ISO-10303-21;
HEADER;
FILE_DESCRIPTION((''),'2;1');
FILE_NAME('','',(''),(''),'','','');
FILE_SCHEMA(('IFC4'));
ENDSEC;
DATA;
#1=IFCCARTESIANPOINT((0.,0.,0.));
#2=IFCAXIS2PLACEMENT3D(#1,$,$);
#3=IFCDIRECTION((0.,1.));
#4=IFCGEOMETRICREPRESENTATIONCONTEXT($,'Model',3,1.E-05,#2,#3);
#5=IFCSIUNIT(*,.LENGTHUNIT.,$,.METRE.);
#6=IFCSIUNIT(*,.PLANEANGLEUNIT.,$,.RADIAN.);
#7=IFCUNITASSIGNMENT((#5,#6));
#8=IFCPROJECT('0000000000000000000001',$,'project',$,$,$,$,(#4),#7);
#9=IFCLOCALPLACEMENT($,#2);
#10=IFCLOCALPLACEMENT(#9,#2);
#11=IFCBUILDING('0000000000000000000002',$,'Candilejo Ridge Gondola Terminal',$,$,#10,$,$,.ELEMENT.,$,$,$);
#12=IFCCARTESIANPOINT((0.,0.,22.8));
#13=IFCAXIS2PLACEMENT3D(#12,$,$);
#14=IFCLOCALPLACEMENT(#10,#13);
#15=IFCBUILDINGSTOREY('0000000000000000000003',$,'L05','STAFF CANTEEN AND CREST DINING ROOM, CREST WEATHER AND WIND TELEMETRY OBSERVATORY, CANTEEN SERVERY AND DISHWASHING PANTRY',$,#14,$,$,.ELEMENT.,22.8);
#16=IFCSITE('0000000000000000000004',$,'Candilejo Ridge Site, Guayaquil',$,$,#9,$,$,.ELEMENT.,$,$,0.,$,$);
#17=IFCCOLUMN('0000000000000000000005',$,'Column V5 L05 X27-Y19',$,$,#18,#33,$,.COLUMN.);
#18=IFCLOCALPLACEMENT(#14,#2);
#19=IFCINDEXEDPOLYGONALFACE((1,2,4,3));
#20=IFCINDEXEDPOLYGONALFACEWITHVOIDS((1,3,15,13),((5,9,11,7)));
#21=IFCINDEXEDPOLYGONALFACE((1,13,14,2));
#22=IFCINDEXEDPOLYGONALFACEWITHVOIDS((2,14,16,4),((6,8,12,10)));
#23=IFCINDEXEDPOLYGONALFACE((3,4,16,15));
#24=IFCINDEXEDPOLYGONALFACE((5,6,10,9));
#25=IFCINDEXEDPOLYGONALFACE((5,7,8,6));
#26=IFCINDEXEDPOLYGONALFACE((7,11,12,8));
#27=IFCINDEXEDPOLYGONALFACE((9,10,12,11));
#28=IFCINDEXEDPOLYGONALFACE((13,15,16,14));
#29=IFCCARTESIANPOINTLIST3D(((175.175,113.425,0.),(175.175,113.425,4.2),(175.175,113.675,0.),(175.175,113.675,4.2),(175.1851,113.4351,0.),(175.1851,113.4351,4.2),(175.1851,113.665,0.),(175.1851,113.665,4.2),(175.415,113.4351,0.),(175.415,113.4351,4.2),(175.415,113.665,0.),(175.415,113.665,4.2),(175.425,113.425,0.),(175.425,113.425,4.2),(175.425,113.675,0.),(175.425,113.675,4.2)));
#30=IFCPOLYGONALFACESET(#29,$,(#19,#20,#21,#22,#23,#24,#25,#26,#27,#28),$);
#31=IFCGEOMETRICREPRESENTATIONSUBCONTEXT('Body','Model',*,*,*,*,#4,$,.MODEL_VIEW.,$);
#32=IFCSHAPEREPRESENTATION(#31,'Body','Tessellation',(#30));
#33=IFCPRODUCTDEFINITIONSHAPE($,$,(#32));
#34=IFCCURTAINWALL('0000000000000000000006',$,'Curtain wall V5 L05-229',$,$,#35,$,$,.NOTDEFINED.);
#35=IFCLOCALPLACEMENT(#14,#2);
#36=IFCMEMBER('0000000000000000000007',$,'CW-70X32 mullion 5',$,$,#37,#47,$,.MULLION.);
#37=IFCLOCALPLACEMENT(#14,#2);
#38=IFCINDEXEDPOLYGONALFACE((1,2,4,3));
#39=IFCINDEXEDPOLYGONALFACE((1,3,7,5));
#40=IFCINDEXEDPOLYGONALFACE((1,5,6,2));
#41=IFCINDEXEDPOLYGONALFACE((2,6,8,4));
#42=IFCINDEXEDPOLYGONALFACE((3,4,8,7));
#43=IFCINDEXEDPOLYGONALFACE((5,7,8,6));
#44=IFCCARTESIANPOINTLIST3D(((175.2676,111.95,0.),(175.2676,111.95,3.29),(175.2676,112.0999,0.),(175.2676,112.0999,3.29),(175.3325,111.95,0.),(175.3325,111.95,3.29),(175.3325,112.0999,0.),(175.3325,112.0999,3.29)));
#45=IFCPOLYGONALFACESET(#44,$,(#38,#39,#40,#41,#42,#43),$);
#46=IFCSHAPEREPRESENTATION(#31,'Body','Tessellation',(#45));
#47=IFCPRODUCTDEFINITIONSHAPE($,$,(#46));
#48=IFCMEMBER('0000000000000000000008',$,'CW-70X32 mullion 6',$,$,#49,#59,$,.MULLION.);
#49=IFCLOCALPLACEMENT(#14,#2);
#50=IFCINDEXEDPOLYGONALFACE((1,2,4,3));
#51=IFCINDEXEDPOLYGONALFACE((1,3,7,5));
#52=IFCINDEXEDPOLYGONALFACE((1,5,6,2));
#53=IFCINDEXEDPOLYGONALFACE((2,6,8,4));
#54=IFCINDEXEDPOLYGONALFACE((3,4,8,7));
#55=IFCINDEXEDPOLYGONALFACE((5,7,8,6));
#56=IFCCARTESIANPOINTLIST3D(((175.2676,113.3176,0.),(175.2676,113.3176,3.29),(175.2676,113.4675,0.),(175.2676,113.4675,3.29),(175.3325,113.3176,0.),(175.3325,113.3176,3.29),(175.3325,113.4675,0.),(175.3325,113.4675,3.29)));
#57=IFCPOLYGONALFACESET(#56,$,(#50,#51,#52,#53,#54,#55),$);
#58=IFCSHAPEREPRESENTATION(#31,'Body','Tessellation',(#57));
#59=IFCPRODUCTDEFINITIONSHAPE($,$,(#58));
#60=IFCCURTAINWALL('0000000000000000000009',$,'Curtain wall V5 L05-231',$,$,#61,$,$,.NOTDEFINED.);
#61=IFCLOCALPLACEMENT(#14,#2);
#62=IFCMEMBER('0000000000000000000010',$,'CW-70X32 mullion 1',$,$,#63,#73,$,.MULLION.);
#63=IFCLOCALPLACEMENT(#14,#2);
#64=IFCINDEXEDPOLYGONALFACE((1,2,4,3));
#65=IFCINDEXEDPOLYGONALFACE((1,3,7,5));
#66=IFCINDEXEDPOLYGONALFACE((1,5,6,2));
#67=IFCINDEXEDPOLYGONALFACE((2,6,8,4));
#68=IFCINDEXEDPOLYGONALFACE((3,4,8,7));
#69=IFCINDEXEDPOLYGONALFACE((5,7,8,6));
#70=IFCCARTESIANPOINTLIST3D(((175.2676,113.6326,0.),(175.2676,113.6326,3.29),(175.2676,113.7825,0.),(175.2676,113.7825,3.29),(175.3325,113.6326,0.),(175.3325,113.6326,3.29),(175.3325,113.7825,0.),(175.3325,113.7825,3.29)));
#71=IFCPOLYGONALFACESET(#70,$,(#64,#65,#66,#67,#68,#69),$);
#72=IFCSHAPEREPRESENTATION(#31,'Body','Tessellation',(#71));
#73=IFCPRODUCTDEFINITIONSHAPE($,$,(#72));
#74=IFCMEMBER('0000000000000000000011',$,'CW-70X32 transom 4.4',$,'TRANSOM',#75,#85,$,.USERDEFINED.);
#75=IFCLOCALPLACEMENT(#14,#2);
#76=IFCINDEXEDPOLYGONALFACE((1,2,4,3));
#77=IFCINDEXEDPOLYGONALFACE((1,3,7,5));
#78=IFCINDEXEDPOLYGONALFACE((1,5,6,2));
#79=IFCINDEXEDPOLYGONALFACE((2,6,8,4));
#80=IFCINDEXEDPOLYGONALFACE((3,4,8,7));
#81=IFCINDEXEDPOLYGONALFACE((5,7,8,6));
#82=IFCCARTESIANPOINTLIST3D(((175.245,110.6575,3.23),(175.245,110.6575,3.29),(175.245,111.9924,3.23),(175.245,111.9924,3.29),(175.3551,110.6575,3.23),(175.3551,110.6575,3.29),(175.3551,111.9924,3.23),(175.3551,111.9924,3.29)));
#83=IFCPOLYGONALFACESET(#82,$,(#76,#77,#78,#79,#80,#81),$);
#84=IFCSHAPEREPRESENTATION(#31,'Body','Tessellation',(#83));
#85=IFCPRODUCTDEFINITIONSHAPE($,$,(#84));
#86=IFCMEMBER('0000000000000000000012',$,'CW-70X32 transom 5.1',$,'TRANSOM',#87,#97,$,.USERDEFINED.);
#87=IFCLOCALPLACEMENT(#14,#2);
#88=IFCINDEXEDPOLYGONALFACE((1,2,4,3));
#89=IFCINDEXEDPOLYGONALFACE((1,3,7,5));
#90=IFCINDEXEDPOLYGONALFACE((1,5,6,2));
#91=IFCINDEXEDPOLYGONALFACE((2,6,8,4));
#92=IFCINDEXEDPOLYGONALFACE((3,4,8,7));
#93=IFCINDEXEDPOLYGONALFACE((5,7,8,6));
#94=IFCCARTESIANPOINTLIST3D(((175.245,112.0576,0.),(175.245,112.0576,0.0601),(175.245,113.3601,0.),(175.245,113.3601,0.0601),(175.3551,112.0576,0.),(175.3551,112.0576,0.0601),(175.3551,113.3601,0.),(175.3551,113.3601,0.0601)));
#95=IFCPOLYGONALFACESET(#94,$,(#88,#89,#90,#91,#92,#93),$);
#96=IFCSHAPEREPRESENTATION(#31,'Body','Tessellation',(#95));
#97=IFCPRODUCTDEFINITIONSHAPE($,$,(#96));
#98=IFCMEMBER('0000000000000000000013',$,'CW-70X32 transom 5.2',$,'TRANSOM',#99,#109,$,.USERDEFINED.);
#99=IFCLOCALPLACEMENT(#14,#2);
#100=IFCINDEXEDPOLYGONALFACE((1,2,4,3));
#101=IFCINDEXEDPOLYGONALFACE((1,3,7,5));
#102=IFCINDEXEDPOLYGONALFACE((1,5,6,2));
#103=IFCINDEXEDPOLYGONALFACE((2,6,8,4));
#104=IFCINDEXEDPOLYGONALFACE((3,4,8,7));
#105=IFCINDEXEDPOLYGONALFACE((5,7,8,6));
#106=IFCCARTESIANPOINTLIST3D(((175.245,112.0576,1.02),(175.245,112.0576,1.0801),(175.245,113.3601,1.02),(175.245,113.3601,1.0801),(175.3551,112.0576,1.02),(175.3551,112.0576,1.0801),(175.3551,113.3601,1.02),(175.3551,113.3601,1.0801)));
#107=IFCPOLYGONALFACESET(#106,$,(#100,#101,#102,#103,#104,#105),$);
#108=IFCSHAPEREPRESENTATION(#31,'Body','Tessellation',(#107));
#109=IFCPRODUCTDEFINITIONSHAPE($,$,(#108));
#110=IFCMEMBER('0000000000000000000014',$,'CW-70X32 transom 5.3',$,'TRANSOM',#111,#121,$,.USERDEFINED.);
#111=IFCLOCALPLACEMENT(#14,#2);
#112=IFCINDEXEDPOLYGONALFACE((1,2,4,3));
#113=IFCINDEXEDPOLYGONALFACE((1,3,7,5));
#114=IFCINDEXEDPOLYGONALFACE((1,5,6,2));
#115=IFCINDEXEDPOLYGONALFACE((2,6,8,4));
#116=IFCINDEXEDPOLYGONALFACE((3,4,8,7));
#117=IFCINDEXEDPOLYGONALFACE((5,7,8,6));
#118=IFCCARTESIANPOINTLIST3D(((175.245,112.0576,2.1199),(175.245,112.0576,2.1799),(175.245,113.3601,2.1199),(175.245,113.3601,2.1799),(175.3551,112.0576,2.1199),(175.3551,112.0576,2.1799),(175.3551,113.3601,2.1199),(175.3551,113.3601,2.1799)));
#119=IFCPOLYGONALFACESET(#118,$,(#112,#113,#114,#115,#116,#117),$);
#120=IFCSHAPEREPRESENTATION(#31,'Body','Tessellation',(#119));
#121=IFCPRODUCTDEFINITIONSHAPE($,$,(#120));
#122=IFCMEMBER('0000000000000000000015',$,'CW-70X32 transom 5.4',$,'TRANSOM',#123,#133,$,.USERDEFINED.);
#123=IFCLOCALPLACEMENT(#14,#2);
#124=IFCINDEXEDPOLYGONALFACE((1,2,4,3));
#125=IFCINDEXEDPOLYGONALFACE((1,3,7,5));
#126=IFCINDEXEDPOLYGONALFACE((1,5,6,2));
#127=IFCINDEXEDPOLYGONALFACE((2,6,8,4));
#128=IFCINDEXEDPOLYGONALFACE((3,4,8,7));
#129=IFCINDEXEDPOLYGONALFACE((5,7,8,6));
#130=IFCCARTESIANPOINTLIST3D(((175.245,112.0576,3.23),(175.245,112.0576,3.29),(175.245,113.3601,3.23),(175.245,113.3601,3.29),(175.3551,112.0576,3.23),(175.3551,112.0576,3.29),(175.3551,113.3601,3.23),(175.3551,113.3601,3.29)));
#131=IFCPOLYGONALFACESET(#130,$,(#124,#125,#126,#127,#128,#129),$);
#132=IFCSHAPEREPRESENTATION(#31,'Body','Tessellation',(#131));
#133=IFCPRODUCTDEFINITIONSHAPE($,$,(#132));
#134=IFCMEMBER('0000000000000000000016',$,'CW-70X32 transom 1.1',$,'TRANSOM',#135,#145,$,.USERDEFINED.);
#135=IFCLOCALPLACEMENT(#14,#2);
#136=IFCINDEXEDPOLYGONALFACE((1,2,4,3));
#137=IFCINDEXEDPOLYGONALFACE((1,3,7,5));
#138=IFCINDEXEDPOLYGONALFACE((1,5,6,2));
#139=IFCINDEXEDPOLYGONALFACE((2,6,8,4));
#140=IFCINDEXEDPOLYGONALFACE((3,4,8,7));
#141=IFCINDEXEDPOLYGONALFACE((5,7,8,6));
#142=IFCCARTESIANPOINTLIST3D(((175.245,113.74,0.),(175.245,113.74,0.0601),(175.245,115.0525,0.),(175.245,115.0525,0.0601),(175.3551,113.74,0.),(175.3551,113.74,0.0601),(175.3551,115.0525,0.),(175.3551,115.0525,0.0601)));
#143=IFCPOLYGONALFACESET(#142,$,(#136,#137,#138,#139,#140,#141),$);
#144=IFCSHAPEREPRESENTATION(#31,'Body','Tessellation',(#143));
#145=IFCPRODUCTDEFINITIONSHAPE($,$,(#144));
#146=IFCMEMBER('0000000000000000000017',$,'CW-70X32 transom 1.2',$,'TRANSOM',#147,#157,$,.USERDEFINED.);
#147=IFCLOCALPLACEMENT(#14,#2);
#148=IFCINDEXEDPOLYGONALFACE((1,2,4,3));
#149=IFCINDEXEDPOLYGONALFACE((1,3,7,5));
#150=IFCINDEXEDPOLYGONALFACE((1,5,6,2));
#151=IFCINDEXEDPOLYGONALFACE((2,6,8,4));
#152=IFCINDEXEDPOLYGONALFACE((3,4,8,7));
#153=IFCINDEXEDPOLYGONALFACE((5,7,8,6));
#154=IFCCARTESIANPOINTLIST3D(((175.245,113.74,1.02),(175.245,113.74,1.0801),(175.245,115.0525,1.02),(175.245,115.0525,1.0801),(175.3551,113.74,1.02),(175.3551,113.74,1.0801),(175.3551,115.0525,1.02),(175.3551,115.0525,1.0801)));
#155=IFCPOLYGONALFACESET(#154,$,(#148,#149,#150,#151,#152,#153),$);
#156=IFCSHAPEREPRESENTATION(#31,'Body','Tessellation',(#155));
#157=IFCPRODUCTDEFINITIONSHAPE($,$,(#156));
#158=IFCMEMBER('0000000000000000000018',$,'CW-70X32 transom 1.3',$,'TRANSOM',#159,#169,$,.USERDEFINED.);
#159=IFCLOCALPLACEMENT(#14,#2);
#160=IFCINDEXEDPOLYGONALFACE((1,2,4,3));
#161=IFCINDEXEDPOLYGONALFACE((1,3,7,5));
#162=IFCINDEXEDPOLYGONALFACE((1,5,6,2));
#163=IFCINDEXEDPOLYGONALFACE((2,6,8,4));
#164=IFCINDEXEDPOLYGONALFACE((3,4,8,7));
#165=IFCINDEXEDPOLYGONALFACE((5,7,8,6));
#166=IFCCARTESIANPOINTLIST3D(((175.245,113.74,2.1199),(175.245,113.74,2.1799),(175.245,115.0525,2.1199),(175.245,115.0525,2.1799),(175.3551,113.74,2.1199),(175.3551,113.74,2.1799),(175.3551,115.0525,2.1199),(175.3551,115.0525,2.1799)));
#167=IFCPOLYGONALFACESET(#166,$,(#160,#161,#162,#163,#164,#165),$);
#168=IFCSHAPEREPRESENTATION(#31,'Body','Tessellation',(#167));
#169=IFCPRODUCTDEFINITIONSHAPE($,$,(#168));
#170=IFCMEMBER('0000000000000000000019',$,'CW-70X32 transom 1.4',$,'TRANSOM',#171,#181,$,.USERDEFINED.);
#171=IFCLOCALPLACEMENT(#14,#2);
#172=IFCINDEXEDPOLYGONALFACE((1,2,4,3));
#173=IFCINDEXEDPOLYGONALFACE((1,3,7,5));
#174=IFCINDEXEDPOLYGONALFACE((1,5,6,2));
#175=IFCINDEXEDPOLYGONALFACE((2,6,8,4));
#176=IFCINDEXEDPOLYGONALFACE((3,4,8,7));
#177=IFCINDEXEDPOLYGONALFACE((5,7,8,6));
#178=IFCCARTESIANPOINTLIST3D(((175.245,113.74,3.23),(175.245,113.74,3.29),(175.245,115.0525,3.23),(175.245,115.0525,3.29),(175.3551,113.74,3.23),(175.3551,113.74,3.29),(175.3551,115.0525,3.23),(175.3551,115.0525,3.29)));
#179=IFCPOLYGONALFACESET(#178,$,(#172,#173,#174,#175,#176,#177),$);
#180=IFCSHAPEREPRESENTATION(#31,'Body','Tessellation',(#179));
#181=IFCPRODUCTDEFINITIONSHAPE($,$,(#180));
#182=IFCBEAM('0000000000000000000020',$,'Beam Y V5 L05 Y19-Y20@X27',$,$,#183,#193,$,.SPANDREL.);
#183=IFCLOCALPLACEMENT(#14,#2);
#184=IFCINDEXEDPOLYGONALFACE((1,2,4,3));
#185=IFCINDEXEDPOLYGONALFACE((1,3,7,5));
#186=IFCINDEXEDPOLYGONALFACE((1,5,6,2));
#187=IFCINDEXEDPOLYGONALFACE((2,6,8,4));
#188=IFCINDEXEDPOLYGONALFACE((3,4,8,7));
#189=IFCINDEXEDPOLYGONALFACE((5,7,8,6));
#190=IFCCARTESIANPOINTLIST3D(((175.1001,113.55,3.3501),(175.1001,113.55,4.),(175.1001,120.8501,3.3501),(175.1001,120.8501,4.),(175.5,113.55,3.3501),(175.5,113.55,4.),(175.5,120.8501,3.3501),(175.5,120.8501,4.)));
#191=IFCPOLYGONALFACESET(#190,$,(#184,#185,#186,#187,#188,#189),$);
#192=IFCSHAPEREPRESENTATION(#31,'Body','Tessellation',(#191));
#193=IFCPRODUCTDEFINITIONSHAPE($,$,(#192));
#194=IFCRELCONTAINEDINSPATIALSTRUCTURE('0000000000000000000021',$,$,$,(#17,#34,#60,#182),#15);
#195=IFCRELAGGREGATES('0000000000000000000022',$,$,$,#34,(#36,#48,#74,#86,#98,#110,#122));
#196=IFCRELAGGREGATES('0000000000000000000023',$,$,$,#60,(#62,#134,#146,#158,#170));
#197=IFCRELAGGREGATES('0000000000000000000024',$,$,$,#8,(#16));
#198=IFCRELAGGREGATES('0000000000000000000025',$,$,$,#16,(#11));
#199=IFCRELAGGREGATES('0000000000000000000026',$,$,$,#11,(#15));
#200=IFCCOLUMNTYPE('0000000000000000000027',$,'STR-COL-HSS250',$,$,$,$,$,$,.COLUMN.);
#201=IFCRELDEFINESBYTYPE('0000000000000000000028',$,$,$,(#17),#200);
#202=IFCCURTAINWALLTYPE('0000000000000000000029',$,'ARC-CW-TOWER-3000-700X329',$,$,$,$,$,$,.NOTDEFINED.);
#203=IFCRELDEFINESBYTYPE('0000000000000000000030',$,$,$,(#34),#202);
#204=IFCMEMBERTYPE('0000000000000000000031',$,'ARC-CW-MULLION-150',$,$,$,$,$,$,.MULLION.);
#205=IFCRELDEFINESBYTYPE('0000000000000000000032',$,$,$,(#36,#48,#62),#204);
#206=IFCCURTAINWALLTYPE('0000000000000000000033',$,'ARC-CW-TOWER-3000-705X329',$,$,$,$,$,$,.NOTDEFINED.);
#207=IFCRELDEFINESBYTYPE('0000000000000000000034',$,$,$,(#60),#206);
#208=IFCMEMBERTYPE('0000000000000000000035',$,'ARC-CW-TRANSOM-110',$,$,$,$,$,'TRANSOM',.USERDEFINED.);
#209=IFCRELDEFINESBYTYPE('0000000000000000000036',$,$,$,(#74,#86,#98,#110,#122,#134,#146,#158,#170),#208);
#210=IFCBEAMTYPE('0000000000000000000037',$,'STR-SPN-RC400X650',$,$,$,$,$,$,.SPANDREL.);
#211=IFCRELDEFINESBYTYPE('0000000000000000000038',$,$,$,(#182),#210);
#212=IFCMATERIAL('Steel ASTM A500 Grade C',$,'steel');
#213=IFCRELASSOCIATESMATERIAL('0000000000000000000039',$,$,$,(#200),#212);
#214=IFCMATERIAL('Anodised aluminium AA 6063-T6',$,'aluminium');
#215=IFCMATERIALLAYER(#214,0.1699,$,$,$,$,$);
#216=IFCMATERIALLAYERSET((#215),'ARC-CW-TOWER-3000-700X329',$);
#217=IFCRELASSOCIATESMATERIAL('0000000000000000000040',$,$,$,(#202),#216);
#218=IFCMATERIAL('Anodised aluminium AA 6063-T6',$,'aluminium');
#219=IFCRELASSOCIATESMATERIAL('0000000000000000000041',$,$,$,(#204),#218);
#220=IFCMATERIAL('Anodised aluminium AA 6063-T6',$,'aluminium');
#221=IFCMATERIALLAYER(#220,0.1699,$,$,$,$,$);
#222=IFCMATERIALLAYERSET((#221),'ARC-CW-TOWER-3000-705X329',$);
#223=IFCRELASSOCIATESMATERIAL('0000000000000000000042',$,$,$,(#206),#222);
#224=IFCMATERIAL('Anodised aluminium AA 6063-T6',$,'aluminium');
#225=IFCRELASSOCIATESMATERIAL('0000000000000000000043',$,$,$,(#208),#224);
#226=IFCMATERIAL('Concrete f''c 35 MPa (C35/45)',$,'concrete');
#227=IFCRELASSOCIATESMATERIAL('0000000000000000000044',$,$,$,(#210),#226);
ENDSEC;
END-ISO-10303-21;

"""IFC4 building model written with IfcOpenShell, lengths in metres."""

from ifc_helpers import new_model, si_unit, direction, frame, origin, origin_2d, place, context, subcontext, project, spatial, rectangle, hollow_rectangle, extrude, material, layer, layer_set, material_profile, profile_set, type_object, element, aggregate, save


model = new_model("IFC4")

# Units and contexts
model_context = context("Model", 3, precision=1e-05, world=origin(), true_north=direction((0.0, 1.0)))
body_context = subcontext(model_context, "Body", "Model", "MODEL_VIEW")
ifc_project = project(units=[si_unit("LENGTHUNIT", "METRE"), si_unit("PLANEANGLEUNIT", "RADIAN")], contexts=[model_context])

# Site, building, storey
site_placement = place(None, origin())
site = spatial("IfcSite", under=ifc_project, at=site_placement, Name="Candilejo Ridge Site, Guayaquil", CompositionType="ELEMENT", RefElevation=0.0)
building_placement = place(site_placement, origin())
building = spatial("IfcBuilding", under=site, at=building_placement, Name="Candilejo Ridge Gondola Terminal", CompositionType="ELEMENT")
storey_placement = place(building_placement, frame((0.0, 0.0, 22.8)))
storey = spatial("IfcBuildingStorey", under=building, at=storey_placement, Name="L05", Description="STAFF CANTEEN AND CREST DINING ROOM, CREST WEATHER AND WIND TELEMETRY OBSERVATORY, CANTEEN SERVERY AND DISHWASHING PANTRY", CompositionType="ELEMENT", Elevation=22.8)

# Column
ifc_material_1 = material(Name="Steel ASTM A500 Grade C", Category="steel")
ifc_material_profile_1 = material_profile(ifc_material_1, hollow_rectangle(XDim=0.25, YDim=0.25, WallThickness=0.01, at=origin_2d()))
ifc_profile_set_1 = profile_set([ifc_material_profile_1], Name="Steel ASTM A500 Grade C")
column_type = type_object("IfcColumnType", Name="STR-COL-HSS250", PredefinedType="COLUMN", material=ifc_profile_set_1)
column_placement = place(storey_placement, frame((175.3, 113.55, 0.0), z_axis=(0.0, 0.0, 1.0), x_axis=(1.0, 0.0, 0.0)))
element("IfcColumn", 1, at=column_placement, inside=storey, type_object=column_type, Name="Column V5 L05 X27-Y19", PredefinedType="COLUMN", context=body_context, shape_type="SweptSolid", body=[
    extrude(hollow_rectangle(XDim=0.25, YDim=0.25, WallThickness=0.01, at=origin_2d()), origin(), (0.0, 0.0, 1.0), 4.2),
])

# Curtain wall, members
ifc_material_2 = material(Name="Anodised aluminium AA 6063-T6", Category="aluminium")
ifc_layer_1 = layer(ifc_material_2, 0.1699)
ifc_layer_set_1 = layer_set([ifc_layer_1], Name="ARC-CW-TOWER-3000-700X329")
curtain_wall_type_1 = type_object("IfcCurtainWallType", Name="ARC-CW-TOWER-3000-700X329", PredefinedType="NOTDEFINED", material=ifc_layer_set_1)
curtain_wall_1_placement = place(storey_placement, origin())
curtain_wall_1 = element("IfcCurtainWall", 2, at=curtain_wall_1_placement, inside=storey, type_object=curtain_wall_type_1, Name="Curtain wall V5 L05-229", PredefinedType="NOTDEFINED")
ifc_material_3 = material(Name="Anodised aluminium AA 6063-T6", Category="aluminium")
ifc_material_profile_2 = material_profile(ifc_material_3, rectangle(XDim=0.0649, YDim=0.1499, at=origin_2d()))
ifc_profile_set_2 = profile_set([ifc_material_profile_2], Name="Anodised aluminium AA 6063-T6")
member_type_1 = type_object("IfcMemberType", Name="ARC-CW-MULLION-150", PredefinedType="MULLION", material=ifc_profile_set_2)
member_1_placement = place(storey_placement, frame((175.3, 112.0249, 0.0), z_axis=(0.0, 0.0, 1.0), x_axis=(-1.0, 0.0, 0.0)))
member_1 = element("IfcMember", 3, at=member_1_placement, type_object=member_type_1, Name="CW-70X32 mullion 5", PredefinedType="MULLION", context=body_context, shape_type="SweptSolid", body=[
    extrude(rectangle(XDim=0.0649, YDim=0.1499, at=origin_2d()), origin(), (0.0, 0.0, 1.0), 3.29),
])
member_2_placement = place(storey_placement, frame((175.3, 113.3926, 0.0), z_axis=(0.0, 0.0, 1.0), x_axis=(-1.0, 0.0, 0.0)))
member_2 = element("IfcMember", 4, at=member_2_placement, type_object=member_type_1, Name="CW-70X32 mullion 6", PredefinedType="MULLION", context=body_context, shape_type="SweptSolid", body=[
    extrude(rectangle(XDim=0.0649, YDim=0.1499, at=origin_2d()), origin(), (0.0, 0.0, 1.0), 3.29),
])

# Curtain wall, member
ifc_material_4 = material(Name="Anodised aluminium AA 6063-T6", Category="aluminium")
ifc_layer_2 = layer(ifc_material_4, 0.1699)
ifc_layer_set_2 = layer_set([ifc_layer_2], Name="ARC-CW-TOWER-3000-705X329")
curtain_wall_type_2 = type_object("IfcCurtainWallType", Name="ARC-CW-TOWER-3000-705X329", PredefinedType="NOTDEFINED", material=ifc_layer_set_2)
curtain_wall_2_placement = place(storey_placement, origin())
curtain_wall_2 = element("IfcCurtainWall", 5, at=curtain_wall_2_placement, inside=storey, type_object=curtain_wall_type_2, Name="Curtain wall V5 L05-231", PredefinedType="NOTDEFINED")
member_3_placement = place(storey_placement, frame((175.3, 113.7075, 0.0), z_axis=(0.0, 0.0, 1.0), x_axis=(-1.0, 0.0, 0.0)))
member_3 = element("IfcMember", 6, at=member_3_placement, type_object=member_type_1, Name="CW-70X32 mullion 1", PredefinedType="MULLION", context=body_context, shape_type="SweptSolid", body=[
    extrude(rectangle(XDim=0.0649, YDim=0.1499, at=origin_2d()), origin(), (0.0, 0.0, 1.0), 3.29),
])

# Members
ifc_material_5 = material(Name="Anodised aluminium AA 6063-T6", Category="aluminium")
ifc_material_profile_3 = material_profile(ifc_material_5, rectangle(XDim=0.1101, YDim=0.0601, at=origin_2d()))
ifc_profile_set_3 = profile_set([ifc_material_profile_3], Name="Anodised aluminium AA 6063-T6")
member_type_2 = type_object("IfcMemberType", Name="ARC-CW-TRANSOM-110", ElementType="TRANSOM", PredefinedType="USERDEFINED", material=ifc_profile_set_3)
member_4_placement = place(storey_placement, frame((175.3, 110.6575, 3.26), z_axis=(0.0, 1.0, 0.0), x_axis=(-1.0, 0.0, 0.0)))
member_4 = element("IfcMember", 7, at=member_4_placement, type_object=member_type_2, Name="CW-70X32 transom 4.4", ObjectType="TRANSOM", PredefinedType="USERDEFINED", context=body_context, shape_type="SweptSolid", body=[
    extrude(rectangle(XDim=0.1101, YDim=0.0601, at=origin_2d()), origin(), (0.0, 0.0, 1.0), 1.335),
])
member_5_placement = place(storey_placement, frame((175.3, 112.0576, 0.03), z_axis=(0.0, 1.0, 0.0), x_axis=(-1.0, 0.0, 0.0)))
member_5 = element("IfcMember", 8, at=member_5_placement, type_object=member_type_2, Name="CW-70X32 transom 5.1", ObjectType="TRANSOM", PredefinedType="USERDEFINED", context=body_context, shape_type="SweptSolid", body=[
    extrude(rectangle(XDim=0.1101, YDim=0.0601, at=origin_2d()), origin(), (0.0, 0.0, 1.0), 1.3025),
])
member_6_placement = place(storey_placement, frame((175.3, 112.0576, 1.05), z_axis=(0.0, 1.0, 0.0), x_axis=(-1.0, 0.0, 0.0)))
member_6 = element("IfcMember", 9, at=member_6_placement, type_object=member_type_2, Name="CW-70X32 transom 5.2", ObjectType="TRANSOM", PredefinedType="USERDEFINED", context=body_context, shape_type="SweptSolid", body=[
    extrude(rectangle(XDim=0.1101, YDim=0.0601, at=origin_2d()), origin(), (0.0, 0.0, 1.0), 1.3025),
])
member_7_placement = place(storey_placement, frame((175.3, 112.0576, 2.1499), z_axis=(0.0, 1.0, 0.0), x_axis=(-1.0, 0.0, 0.0)))
member_7 = element("IfcMember", 10, at=member_7_placement, type_object=member_type_2, Name="CW-70X32 transom 5.3", ObjectType="TRANSOM", PredefinedType="USERDEFINED", context=body_context, shape_type="SweptSolid", body=[
    extrude(rectangle(XDim=0.1101, YDim=0.0601, at=origin_2d()), origin(), (0.0, 0.0, 1.0), 1.3025),
])
member_8_placement = place(storey_placement, frame((175.3, 112.0576, 3.26), z_axis=(0.0, 1.0, 0.0), x_axis=(-1.0, 0.0, 0.0)))
member_8 = element("IfcMember", 11, at=member_8_placement, type_object=member_type_2, Name="CW-70X32 transom 5.4", ObjectType="TRANSOM", PredefinedType="USERDEFINED", context=body_context, shape_type="SweptSolid", body=[
    extrude(rectangle(XDim=0.1101, YDim=0.0601, at=origin_2d()), origin(), (0.0, 0.0, 1.0), 1.3025),
])
member_9_placement = place(storey_placement, frame((175.3, 113.74, 0.03), z_axis=(0.0, 1.0, 0.0), x_axis=(-1.0, 0.0, 0.0)))
member_9 = element("IfcMember", 12, at=member_9_placement, type_object=member_type_2, Name="CW-70X32 transom 1.1", ObjectType="TRANSOM", PredefinedType="USERDEFINED", context=body_context, shape_type="SweptSolid", body=[
    extrude(rectangle(XDim=0.1101, YDim=0.0601, at=origin_2d()), origin(), (0.0, 0.0, 1.0), 1.3125),
])
member_10_placement = place(storey_placement, frame((175.3, 113.74, 1.05), z_axis=(0.0, 1.0, 0.0), x_axis=(-1.0, 0.0, 0.0)))
member_10 = element("IfcMember", 13, at=member_10_placement, type_object=member_type_2, Name="CW-70X32 transom 1.2", ObjectType="TRANSOM", PredefinedType="USERDEFINED", context=body_context, shape_type="SweptSolid", body=[
    extrude(rectangle(XDim=0.1101, YDim=0.0601, at=origin_2d()), origin(), (0.0, 0.0, 1.0), 1.3125),
])
member_11_placement = place(storey_placement, frame((175.3, 113.74, 2.1499), z_axis=(0.0, 1.0, 0.0), x_axis=(-1.0, 0.0, 0.0)))
member_11 = element("IfcMember", 14, at=member_11_placement, type_object=member_type_2, Name="CW-70X32 transom 1.3", ObjectType="TRANSOM", PredefinedType="USERDEFINED", context=body_context, shape_type="SweptSolid", body=[
    extrude(rectangle(XDim=0.1101, YDim=0.0601, at=origin_2d()), origin(), (0.0, 0.0, 1.0), 1.3125),
])
member_12_placement = place(storey_placement, frame((175.3, 113.74, 3.26), z_axis=(0.0, 1.0, 0.0), x_axis=(-1.0, 0.0, 0.0)))
member_12 = element("IfcMember", 15, at=member_12_placement, type_object=member_type_2, Name="CW-70X32 transom 1.4", ObjectType="TRANSOM", PredefinedType="USERDEFINED", context=body_context, shape_type="SweptSolid", body=[
    extrude(rectangle(XDim=0.1101, YDim=0.0601, at=origin_2d()), origin(), (0.0, 0.0, 1.0), 1.3125),
])

# Beam
ifc_material_6 = material(Name="Concrete f'c 35 MPa (C35/45)", Category="concrete")
ifc_material_profile_4 = material_profile(ifc_material_6, rectangle(XDim=0.3999, YDim=0.6499, at=origin_2d()))
ifc_profile_set_4 = profile_set([ifc_material_profile_4], Name="Concrete f'c 35 MPa (C35/45)")
beam_type = type_object("IfcBeamType", Name="STR-SPN-RC400X650", PredefinedType="SPANDREL", material=ifc_profile_set_4)
beam_placement = place(storey_placement, frame((175.3, 113.55, 3.675), z_axis=(0.0, 1.0, 0.0), x_axis=(-1.0, 0.0, 0.0)))
element("IfcBeam", 16, at=beam_placement, inside=storey, type_object=beam_type, Name="Beam Y V5 L05 Y19-Y20@X27", PredefinedType="SPANDREL", context=body_context, shape_type="SweptSolid", body=[
    extrude(rectangle(XDim=0.3999, YDim=0.6499, at=origin_2d()), origin(), (0.0, 0.0, 1.0), 7.3),
])

aggregate(curtain_wall_1, [member_1, member_2, member_4, member_5, member_6, member_7, member_8])
aggregate(curtain_wall_2, [member_3, member_9, member_10, member_11, member_12])

save(model, "model.ifc")
